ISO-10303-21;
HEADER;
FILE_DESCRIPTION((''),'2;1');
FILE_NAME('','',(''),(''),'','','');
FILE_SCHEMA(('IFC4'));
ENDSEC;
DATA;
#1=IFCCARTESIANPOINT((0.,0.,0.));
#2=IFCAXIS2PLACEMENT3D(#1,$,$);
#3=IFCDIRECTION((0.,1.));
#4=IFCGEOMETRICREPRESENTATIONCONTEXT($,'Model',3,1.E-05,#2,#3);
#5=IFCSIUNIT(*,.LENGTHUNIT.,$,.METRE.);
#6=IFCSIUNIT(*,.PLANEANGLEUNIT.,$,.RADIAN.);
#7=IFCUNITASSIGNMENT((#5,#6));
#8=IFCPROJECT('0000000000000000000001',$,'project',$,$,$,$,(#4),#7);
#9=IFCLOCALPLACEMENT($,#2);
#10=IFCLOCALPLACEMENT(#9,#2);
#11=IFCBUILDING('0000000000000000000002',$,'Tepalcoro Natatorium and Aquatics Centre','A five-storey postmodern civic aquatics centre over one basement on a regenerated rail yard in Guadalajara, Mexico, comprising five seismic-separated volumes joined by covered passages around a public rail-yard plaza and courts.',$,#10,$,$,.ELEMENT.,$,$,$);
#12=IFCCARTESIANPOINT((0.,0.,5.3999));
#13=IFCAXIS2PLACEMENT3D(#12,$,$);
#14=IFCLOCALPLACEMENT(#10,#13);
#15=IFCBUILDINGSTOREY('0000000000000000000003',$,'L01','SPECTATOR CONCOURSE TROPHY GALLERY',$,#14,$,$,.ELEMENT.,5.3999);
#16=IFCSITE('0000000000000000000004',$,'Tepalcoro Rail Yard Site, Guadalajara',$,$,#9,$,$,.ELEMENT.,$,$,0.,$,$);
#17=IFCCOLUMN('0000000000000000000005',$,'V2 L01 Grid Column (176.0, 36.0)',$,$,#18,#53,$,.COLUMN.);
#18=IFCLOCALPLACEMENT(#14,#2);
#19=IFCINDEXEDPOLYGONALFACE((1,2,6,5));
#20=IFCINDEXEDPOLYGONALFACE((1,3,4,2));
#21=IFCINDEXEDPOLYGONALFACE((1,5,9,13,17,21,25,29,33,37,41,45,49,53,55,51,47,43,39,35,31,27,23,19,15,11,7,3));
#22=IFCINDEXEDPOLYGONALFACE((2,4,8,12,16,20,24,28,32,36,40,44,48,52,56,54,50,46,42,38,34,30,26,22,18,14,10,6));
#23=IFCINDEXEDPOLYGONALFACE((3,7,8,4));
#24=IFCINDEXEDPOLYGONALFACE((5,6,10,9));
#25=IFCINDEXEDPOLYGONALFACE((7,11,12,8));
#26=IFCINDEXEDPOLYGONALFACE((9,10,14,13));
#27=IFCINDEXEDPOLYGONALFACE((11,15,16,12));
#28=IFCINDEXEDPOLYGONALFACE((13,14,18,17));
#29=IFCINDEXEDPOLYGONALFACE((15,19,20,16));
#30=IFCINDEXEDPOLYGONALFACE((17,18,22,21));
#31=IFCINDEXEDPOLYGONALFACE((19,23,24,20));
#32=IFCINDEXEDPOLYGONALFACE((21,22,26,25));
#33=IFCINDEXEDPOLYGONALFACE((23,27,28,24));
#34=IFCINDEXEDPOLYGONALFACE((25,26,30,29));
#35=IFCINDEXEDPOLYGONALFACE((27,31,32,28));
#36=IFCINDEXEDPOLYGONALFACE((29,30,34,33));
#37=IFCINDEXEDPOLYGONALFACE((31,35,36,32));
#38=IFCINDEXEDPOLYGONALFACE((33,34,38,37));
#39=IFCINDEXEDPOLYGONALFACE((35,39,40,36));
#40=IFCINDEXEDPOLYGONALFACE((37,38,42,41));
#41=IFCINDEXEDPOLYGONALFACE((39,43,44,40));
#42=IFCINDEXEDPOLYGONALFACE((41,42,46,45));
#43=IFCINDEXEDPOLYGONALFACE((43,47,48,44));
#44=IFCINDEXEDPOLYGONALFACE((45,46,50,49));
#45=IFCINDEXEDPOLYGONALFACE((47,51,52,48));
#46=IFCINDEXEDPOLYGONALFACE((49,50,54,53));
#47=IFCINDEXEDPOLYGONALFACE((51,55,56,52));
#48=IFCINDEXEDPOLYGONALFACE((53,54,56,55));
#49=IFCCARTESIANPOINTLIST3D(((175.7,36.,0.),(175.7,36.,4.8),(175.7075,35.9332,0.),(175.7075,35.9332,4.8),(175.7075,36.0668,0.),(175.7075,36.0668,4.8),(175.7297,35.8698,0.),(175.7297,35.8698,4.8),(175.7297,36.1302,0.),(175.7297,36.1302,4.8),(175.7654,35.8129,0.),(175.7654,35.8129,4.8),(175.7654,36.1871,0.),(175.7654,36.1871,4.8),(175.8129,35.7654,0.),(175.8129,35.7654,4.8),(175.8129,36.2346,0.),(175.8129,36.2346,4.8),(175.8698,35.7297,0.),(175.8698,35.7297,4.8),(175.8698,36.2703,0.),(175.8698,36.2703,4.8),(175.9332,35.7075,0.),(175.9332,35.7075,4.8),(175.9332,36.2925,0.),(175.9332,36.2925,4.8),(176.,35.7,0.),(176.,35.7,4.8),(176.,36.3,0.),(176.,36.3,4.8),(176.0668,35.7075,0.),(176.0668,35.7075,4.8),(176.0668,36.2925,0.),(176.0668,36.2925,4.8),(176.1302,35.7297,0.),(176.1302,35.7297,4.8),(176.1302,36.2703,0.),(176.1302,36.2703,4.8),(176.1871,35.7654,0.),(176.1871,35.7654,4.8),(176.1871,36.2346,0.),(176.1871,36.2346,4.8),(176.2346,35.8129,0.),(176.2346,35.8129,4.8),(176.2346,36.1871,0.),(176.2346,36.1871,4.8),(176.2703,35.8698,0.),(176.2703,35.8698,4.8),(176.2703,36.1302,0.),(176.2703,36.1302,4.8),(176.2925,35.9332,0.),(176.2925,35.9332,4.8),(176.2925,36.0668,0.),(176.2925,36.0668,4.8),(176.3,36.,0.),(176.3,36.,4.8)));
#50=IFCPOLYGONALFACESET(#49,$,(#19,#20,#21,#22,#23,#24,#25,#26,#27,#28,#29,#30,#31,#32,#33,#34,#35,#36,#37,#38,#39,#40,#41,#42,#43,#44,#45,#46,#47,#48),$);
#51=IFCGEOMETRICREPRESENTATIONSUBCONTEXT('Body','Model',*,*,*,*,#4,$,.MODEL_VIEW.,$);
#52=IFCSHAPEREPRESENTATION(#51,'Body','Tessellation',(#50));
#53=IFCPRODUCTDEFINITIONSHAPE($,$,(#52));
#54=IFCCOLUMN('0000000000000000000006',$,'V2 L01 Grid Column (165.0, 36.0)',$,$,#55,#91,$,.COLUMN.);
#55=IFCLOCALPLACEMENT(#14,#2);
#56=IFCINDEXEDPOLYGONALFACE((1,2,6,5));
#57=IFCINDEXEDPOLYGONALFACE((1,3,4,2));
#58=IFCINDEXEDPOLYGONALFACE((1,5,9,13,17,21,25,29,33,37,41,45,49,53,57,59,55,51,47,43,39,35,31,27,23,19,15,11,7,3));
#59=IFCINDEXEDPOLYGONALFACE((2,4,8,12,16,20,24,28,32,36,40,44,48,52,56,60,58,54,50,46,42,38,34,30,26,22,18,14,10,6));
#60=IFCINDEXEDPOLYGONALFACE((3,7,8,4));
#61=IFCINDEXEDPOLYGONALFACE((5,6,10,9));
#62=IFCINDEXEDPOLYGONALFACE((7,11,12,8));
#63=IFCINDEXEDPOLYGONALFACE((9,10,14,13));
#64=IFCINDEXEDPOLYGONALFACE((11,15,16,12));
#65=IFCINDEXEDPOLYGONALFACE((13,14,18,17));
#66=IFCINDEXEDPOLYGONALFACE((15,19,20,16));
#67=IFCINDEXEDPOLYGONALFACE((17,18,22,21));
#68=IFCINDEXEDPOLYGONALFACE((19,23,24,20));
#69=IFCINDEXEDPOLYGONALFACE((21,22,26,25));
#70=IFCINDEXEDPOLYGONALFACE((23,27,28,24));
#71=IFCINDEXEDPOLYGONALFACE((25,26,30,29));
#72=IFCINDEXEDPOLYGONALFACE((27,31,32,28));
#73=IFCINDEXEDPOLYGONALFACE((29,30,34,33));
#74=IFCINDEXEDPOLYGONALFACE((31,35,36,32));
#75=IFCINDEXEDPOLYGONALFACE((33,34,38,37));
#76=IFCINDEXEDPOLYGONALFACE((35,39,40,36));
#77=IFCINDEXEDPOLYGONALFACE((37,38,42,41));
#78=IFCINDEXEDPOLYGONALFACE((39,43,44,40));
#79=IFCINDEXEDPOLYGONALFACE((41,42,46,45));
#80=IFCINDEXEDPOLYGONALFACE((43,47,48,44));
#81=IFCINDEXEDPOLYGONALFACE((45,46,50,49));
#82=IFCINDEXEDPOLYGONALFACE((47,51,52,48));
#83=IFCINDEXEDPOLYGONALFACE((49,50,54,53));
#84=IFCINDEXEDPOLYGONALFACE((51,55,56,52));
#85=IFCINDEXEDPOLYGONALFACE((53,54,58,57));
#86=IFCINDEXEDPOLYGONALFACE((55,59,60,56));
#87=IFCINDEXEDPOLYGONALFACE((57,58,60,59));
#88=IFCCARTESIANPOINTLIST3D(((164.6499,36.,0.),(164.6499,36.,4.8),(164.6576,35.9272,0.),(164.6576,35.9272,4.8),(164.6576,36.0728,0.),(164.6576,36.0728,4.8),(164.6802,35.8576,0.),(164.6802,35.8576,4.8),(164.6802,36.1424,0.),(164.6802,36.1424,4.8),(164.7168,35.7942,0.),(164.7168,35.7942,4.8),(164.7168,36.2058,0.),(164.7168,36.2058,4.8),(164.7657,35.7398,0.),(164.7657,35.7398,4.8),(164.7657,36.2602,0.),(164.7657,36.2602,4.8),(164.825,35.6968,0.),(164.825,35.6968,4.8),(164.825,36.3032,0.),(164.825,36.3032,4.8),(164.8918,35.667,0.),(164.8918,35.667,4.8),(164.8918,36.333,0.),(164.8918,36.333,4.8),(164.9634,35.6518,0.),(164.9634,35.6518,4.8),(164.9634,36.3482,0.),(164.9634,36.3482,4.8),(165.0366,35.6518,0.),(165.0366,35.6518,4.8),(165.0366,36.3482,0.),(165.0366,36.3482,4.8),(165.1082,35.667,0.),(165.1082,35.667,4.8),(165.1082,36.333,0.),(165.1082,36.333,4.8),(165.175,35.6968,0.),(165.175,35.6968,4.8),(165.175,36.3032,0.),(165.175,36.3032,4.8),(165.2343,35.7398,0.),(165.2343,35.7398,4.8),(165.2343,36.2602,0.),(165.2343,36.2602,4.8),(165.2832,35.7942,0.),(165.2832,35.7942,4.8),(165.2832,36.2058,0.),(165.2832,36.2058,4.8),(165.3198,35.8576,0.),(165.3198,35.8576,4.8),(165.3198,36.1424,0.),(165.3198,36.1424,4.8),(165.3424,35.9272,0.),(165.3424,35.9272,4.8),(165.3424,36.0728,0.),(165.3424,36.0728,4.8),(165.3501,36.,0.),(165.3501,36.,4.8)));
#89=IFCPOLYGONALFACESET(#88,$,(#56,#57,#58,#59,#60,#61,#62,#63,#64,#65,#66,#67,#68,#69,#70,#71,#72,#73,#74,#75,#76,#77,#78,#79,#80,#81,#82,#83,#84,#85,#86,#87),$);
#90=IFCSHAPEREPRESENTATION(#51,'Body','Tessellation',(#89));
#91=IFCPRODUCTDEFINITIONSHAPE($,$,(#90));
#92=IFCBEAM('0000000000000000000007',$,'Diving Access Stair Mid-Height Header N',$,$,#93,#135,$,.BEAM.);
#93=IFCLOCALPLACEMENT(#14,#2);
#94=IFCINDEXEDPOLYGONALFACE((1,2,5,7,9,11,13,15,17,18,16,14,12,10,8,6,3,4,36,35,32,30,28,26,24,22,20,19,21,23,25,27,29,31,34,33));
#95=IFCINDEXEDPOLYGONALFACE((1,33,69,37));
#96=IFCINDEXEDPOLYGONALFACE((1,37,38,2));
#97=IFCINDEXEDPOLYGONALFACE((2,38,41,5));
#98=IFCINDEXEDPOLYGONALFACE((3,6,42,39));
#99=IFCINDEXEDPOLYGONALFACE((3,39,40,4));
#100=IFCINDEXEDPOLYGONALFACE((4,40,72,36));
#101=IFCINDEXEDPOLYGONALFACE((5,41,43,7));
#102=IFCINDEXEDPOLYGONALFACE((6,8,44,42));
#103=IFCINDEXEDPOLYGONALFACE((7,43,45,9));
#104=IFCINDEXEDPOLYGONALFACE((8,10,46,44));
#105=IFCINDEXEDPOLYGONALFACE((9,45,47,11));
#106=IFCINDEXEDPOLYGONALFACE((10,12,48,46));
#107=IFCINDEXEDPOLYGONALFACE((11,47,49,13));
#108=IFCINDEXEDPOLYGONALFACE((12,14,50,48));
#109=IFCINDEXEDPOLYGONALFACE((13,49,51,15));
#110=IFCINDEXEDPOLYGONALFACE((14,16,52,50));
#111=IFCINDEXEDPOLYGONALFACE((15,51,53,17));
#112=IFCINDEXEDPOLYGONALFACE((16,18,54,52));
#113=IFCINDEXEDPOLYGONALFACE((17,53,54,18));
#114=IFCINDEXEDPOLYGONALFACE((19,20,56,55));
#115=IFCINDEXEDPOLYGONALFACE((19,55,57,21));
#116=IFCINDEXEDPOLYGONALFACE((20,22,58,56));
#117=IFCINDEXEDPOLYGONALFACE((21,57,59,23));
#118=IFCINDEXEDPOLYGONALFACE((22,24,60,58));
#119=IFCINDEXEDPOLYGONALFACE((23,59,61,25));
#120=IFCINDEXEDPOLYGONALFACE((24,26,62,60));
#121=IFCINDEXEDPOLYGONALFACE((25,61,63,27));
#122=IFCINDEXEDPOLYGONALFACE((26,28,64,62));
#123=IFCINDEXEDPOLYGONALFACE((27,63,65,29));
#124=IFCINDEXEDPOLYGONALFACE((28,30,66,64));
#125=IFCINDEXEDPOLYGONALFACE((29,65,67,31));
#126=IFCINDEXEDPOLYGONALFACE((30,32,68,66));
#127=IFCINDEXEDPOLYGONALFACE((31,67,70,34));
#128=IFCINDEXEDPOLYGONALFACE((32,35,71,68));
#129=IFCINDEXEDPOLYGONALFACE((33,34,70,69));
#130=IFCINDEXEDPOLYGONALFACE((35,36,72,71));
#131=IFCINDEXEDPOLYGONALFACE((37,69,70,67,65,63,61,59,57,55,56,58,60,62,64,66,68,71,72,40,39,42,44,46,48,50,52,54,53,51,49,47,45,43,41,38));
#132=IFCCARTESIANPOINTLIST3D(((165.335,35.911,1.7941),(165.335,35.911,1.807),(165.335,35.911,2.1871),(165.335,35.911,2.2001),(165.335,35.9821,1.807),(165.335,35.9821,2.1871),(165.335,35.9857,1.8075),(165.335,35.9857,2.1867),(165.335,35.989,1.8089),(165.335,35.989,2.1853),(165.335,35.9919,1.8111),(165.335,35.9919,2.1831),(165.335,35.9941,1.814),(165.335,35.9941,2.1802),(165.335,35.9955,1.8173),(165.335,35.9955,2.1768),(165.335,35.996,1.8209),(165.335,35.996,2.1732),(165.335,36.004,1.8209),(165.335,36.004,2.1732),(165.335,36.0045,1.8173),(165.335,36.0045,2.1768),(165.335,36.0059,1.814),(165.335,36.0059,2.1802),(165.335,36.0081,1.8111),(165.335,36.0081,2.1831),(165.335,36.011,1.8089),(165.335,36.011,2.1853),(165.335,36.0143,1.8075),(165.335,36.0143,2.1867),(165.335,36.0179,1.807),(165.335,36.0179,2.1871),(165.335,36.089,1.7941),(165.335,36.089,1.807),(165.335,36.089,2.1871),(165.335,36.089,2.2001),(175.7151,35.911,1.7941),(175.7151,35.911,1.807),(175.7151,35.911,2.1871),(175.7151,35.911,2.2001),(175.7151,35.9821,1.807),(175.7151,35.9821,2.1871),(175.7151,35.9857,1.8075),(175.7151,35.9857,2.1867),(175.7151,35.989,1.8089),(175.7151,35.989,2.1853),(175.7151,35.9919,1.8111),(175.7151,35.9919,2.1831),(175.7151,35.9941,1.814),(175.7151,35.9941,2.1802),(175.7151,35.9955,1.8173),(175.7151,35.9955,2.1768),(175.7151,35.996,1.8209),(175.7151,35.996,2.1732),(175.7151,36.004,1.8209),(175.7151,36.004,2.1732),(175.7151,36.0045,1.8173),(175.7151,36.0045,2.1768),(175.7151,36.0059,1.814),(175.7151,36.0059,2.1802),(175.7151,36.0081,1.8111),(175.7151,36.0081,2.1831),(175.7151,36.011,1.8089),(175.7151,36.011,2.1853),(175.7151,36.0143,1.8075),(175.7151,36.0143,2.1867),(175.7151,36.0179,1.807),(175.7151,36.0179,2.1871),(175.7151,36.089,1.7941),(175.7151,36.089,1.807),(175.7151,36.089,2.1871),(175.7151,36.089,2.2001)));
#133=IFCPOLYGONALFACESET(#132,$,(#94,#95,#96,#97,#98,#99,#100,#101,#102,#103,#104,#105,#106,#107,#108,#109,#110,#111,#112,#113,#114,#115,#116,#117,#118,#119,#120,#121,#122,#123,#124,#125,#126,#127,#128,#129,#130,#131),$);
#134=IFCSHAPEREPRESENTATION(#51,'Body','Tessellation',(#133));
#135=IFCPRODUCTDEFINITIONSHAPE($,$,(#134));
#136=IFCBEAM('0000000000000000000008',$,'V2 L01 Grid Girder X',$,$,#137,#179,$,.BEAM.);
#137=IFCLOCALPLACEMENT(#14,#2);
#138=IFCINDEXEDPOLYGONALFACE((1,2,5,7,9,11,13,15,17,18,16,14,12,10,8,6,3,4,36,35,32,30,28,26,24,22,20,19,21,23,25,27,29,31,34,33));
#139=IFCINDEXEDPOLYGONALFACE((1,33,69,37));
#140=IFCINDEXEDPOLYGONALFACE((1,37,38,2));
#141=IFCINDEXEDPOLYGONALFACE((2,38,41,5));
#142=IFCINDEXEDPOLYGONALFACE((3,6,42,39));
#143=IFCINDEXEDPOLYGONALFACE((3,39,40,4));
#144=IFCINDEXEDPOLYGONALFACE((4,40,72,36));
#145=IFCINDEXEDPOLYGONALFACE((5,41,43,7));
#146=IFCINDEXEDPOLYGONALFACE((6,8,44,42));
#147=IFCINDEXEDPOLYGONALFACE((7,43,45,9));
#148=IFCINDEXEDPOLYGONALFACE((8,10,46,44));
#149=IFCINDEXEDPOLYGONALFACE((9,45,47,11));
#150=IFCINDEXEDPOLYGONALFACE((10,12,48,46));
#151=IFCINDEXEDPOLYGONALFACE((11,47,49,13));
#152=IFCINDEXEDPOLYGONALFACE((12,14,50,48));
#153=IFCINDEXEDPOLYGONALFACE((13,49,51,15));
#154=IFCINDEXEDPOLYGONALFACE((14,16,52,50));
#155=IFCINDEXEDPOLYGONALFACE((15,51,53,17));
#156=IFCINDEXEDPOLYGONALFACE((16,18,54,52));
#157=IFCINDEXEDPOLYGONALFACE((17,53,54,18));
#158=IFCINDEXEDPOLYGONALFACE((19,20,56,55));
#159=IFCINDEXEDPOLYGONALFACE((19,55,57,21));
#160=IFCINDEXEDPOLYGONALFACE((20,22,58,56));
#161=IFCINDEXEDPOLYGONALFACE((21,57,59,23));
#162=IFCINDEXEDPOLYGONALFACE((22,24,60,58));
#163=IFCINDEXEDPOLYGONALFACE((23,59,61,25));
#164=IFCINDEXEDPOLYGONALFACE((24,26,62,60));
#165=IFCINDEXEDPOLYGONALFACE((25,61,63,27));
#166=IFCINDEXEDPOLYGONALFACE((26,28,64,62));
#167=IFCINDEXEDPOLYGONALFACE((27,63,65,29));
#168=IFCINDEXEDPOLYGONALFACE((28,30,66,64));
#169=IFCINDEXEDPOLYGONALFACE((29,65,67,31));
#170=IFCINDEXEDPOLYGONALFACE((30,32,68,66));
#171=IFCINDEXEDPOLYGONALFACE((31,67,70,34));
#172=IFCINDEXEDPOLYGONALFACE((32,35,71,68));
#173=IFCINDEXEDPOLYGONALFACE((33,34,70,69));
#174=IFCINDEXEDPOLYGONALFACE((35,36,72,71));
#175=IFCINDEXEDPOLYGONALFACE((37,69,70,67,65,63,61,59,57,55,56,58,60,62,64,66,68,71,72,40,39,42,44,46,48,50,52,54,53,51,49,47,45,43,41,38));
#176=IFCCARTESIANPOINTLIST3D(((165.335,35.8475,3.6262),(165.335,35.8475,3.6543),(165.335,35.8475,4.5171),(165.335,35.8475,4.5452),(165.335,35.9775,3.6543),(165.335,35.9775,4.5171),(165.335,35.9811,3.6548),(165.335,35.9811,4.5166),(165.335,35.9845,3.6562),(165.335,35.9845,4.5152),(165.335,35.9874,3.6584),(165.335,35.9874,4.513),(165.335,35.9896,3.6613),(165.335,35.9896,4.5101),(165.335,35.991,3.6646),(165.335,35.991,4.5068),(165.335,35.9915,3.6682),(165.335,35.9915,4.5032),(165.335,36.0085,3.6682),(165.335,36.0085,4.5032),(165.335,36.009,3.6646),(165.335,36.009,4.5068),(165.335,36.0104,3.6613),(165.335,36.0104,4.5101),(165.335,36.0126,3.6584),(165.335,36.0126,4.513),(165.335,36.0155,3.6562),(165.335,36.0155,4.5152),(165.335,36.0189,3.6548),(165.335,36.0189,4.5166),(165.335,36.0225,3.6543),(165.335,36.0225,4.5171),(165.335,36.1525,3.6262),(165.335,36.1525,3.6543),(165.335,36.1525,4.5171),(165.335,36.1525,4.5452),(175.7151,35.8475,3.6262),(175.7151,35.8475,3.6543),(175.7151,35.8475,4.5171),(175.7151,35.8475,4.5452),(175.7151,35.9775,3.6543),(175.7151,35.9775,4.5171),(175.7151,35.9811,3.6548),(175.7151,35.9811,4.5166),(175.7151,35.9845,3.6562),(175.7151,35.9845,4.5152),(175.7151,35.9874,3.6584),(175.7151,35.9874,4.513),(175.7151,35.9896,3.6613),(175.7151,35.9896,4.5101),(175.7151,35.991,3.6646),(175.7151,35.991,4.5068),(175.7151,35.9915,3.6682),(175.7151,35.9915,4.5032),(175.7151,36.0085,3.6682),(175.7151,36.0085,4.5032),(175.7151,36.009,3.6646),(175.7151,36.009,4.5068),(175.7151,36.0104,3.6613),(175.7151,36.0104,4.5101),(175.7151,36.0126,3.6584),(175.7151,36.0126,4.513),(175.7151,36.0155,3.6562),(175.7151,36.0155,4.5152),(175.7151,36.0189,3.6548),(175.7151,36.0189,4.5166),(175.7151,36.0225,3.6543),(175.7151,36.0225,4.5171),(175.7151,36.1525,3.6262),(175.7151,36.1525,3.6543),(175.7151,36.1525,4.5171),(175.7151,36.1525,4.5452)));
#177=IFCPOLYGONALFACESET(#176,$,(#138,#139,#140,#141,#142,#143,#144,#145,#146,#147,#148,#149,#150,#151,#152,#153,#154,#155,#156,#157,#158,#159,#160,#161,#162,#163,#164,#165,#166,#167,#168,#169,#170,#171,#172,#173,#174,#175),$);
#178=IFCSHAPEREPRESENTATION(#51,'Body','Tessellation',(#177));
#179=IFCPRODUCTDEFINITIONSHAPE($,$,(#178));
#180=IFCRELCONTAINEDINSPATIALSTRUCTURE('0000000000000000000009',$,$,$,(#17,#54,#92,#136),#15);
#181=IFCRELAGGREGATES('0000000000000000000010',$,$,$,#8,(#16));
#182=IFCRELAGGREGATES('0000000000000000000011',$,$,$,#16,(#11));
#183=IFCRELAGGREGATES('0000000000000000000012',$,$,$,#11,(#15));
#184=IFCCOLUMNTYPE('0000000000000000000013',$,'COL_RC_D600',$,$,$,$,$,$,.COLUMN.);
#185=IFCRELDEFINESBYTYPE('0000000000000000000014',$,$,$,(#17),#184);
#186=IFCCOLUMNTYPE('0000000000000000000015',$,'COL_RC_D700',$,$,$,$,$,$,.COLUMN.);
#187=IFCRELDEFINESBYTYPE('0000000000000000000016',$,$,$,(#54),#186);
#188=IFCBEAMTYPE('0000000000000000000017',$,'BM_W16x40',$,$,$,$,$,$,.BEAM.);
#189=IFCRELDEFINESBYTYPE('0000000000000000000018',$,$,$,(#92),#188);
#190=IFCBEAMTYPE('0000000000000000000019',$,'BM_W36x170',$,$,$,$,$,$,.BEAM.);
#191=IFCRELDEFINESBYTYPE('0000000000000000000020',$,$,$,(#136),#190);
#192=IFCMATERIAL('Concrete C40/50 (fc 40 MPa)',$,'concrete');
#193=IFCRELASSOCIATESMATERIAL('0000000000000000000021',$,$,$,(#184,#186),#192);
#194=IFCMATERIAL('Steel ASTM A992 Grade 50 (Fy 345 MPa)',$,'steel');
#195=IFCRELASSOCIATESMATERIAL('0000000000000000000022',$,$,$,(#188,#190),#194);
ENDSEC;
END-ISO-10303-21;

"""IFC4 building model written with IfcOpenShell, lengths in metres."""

from ifc_helpers import new_model, si_unit, direction, frame, origin, origin_2d, place, context, subcontext, project, spatial, circle, i_section, extrude, material, material_profile, profile_set, type_object, element, save


model = new_model("IFC4")

# Units and contexts
model_context = context("Model", 3, precision=1e-05, world=origin(), true_north=direction((0.0, 1.0)))
body_context = subcontext(model_context, "Body", "Model", "MODEL_VIEW")
ifc_project = project(units=[si_unit("LENGTHUNIT", "METRE"), si_unit("PLANEANGLEUNIT", "RADIAN")], contexts=[model_context])

# Site, building, storey
site_placement = place(None, origin())
site = spatial("IfcSite", under=ifc_project, at=site_placement, Name="Tepalcoro Rail Yard Site, Guadalajara", CompositionType="ELEMENT", RefElevation=0.0)
building_placement = place(site_placement, origin())
building = spatial("IfcBuilding", under=site, at=building_placement, Name="Tepalcoro Natatorium and Aquatics Centre", Description="A five-storey postmodern civic aquatics centre over one basement on a regenerated rail yard in Guadalajara, Mexico, comprising five seismic-separated volumes joined by covered passages around a public rail-yard plaza and courts.", CompositionType="ELEMENT")
storey_placement = place(building_placement, frame((0.0, 0.0, 5.3999)))
storey = spatial("IfcBuildingStorey", under=building, at=storey_placement, Name="L01", Description="SPECTATOR CONCOURSE TROPHY GALLERY", CompositionType="ELEMENT", Elevation=5.3999)

# Columns
ifc_material_1 = material(Name="Steel ASTM A992 Grade 50 (Fy 345 MPa)", Category="steel")
ifc_material_2 = material(Name="Concrete C40/50 (fc 40 MPa)", Category="concrete")
ifc_material_profile_1 = material_profile(ifc_material_2, circle(Radius=0.3, at=origin_2d()), Name="RCD600")
ifc_profile_set_1 = profile_set([ifc_material_profile_1], Name="Concrete C40/50 (fc 40 MPa)")
column_type_1 = type_object("IfcColumnType", Name="COL_RC_D600", PredefinedType="COLUMN", material=ifc_profile_set_1)
column_1_placement = place(storey_placement, frame((176.0, 36.0, 0.0), z_axis=(0.0, 0.0, 1.0), x_axis=(1.0, 0.0, 0.0)))
element("IfcColumn", 1, at=column_1_placement, inside=storey, type_object=column_type_1, Name="V2 L01 Grid Column (176.0, 36.0)", PredefinedType="COLUMN", context=body_context, shape_type="SweptSolid", body=[
    extrude(circle(Radius=0.3, at=origin_2d()), origin(), (0.0, 0.0, 1.0), 4.8),
])
ifc_material_profile_2 = material_profile(ifc_material_2, circle(Radius=0.3501, at=origin_2d()), Name="RCD700")
ifc_profile_set_2 = profile_set([ifc_material_profile_2], Name="Concrete C40/50 (fc 40 MPa)")
column_type_2 = type_object("IfcColumnType", Name="COL_RC_D700", PredefinedType="COLUMN", material=ifc_profile_set_2)
column_2_placement = place(storey_placement, frame((165.0, 36.0, 0.0), z_axis=(0.0, 0.0, 1.0), x_axis=(1.0, 0.0, 0.0)))
element("IfcColumn", 2, at=column_2_placement, inside=storey, type_object=column_type_2, Name="V2 L01 Grid Column (165.0, 36.0)", PredefinedType="COLUMN", context=body_context, shape_type="SweptSolid", body=[
    extrude(circle(Radius=0.3501, at=origin_2d()), origin(), (0.0, 0.0, 1.0), 4.8),
])

# Beams
ifc_material_profile_3 = material_profile(ifc_material_1, i_section(OverallWidth=0.178, OverallDepth=0.406, WebThickness=0.0081, FlangeThickness=0.0129, FilletRadius=0.0139, at=origin_2d()), Name="W16X40")
ifc_profile_set_3 = profile_set([ifc_material_profile_3], Name="Steel ASTM A992 Grade 50 (Fy 345 MPa)")
beam_type_1 = type_object("IfcBeamType", Name="BM_W16x40", PredefinedType="BEAM", material=ifc_profile_set_3)
beam_1_placement = place(storey_placement, frame((165.335, 36.0, 1.9971), z_axis=(1.0, 0.0, 0.0), x_axis=(0.0, 1.0, 0.0)))
element("IfcBeam", 3, at=beam_1_placement, inside=storey, type_object=beam_type_1, Name="Diving Access Stair Mid-Height Header N", PredefinedType="BEAM", context=body_context, shape_type="SweptSolid", body=[
    extrude(i_section(OverallWidth=0.178, OverallDepth=0.406, WebThickness=0.0081, FlangeThickness=0.0129, FilletRadius=0.0139, at=origin_2d()), origin(), (0.0, 0.0, 1.0), 10.3801),
])
ifc_material_profile_4 = material_profile(ifc_material_1, i_section(OverallWidth=0.3049, OverallDepth=0.9189, WebThickness=0.0171, FlangeThickness=0.0281, FilletRadius=0.0139, at=origin_2d()), Name="W36X170")
ifc_profile_set_4 = profile_set([ifc_material_profile_4], Name="Steel ASTM A992 Grade 50 (Fy 345 MPa)")
beam_type_2 = type_object("IfcBeamType", Name="BM_W36x170", PredefinedType="BEAM", material=ifc_profile_set_4)
beam_2_placement = place(storey_placement, frame((165.335, 36.0, 4.0857), z_axis=(1.0, 0.0, 0.0), x_axis=(0.0, 1.0, 0.0)))
element("IfcBeam", 4, at=beam_2_placement, inside=storey, type_object=beam_type_2, Name="V2 L01 Grid Girder X", PredefinedType="BEAM", context=body_context, shape_type="SweptSolid", body=[
    extrude(i_section(OverallWidth=0.3049, OverallDepth=0.9189, WebThickness=0.0171, FlangeThickness=0.0281, FilletRadius=0.0139, at=origin_2d()), origin(), (0.0, 0.0, 1.0), 10.3801),
])

save(model, "model.ifc")
